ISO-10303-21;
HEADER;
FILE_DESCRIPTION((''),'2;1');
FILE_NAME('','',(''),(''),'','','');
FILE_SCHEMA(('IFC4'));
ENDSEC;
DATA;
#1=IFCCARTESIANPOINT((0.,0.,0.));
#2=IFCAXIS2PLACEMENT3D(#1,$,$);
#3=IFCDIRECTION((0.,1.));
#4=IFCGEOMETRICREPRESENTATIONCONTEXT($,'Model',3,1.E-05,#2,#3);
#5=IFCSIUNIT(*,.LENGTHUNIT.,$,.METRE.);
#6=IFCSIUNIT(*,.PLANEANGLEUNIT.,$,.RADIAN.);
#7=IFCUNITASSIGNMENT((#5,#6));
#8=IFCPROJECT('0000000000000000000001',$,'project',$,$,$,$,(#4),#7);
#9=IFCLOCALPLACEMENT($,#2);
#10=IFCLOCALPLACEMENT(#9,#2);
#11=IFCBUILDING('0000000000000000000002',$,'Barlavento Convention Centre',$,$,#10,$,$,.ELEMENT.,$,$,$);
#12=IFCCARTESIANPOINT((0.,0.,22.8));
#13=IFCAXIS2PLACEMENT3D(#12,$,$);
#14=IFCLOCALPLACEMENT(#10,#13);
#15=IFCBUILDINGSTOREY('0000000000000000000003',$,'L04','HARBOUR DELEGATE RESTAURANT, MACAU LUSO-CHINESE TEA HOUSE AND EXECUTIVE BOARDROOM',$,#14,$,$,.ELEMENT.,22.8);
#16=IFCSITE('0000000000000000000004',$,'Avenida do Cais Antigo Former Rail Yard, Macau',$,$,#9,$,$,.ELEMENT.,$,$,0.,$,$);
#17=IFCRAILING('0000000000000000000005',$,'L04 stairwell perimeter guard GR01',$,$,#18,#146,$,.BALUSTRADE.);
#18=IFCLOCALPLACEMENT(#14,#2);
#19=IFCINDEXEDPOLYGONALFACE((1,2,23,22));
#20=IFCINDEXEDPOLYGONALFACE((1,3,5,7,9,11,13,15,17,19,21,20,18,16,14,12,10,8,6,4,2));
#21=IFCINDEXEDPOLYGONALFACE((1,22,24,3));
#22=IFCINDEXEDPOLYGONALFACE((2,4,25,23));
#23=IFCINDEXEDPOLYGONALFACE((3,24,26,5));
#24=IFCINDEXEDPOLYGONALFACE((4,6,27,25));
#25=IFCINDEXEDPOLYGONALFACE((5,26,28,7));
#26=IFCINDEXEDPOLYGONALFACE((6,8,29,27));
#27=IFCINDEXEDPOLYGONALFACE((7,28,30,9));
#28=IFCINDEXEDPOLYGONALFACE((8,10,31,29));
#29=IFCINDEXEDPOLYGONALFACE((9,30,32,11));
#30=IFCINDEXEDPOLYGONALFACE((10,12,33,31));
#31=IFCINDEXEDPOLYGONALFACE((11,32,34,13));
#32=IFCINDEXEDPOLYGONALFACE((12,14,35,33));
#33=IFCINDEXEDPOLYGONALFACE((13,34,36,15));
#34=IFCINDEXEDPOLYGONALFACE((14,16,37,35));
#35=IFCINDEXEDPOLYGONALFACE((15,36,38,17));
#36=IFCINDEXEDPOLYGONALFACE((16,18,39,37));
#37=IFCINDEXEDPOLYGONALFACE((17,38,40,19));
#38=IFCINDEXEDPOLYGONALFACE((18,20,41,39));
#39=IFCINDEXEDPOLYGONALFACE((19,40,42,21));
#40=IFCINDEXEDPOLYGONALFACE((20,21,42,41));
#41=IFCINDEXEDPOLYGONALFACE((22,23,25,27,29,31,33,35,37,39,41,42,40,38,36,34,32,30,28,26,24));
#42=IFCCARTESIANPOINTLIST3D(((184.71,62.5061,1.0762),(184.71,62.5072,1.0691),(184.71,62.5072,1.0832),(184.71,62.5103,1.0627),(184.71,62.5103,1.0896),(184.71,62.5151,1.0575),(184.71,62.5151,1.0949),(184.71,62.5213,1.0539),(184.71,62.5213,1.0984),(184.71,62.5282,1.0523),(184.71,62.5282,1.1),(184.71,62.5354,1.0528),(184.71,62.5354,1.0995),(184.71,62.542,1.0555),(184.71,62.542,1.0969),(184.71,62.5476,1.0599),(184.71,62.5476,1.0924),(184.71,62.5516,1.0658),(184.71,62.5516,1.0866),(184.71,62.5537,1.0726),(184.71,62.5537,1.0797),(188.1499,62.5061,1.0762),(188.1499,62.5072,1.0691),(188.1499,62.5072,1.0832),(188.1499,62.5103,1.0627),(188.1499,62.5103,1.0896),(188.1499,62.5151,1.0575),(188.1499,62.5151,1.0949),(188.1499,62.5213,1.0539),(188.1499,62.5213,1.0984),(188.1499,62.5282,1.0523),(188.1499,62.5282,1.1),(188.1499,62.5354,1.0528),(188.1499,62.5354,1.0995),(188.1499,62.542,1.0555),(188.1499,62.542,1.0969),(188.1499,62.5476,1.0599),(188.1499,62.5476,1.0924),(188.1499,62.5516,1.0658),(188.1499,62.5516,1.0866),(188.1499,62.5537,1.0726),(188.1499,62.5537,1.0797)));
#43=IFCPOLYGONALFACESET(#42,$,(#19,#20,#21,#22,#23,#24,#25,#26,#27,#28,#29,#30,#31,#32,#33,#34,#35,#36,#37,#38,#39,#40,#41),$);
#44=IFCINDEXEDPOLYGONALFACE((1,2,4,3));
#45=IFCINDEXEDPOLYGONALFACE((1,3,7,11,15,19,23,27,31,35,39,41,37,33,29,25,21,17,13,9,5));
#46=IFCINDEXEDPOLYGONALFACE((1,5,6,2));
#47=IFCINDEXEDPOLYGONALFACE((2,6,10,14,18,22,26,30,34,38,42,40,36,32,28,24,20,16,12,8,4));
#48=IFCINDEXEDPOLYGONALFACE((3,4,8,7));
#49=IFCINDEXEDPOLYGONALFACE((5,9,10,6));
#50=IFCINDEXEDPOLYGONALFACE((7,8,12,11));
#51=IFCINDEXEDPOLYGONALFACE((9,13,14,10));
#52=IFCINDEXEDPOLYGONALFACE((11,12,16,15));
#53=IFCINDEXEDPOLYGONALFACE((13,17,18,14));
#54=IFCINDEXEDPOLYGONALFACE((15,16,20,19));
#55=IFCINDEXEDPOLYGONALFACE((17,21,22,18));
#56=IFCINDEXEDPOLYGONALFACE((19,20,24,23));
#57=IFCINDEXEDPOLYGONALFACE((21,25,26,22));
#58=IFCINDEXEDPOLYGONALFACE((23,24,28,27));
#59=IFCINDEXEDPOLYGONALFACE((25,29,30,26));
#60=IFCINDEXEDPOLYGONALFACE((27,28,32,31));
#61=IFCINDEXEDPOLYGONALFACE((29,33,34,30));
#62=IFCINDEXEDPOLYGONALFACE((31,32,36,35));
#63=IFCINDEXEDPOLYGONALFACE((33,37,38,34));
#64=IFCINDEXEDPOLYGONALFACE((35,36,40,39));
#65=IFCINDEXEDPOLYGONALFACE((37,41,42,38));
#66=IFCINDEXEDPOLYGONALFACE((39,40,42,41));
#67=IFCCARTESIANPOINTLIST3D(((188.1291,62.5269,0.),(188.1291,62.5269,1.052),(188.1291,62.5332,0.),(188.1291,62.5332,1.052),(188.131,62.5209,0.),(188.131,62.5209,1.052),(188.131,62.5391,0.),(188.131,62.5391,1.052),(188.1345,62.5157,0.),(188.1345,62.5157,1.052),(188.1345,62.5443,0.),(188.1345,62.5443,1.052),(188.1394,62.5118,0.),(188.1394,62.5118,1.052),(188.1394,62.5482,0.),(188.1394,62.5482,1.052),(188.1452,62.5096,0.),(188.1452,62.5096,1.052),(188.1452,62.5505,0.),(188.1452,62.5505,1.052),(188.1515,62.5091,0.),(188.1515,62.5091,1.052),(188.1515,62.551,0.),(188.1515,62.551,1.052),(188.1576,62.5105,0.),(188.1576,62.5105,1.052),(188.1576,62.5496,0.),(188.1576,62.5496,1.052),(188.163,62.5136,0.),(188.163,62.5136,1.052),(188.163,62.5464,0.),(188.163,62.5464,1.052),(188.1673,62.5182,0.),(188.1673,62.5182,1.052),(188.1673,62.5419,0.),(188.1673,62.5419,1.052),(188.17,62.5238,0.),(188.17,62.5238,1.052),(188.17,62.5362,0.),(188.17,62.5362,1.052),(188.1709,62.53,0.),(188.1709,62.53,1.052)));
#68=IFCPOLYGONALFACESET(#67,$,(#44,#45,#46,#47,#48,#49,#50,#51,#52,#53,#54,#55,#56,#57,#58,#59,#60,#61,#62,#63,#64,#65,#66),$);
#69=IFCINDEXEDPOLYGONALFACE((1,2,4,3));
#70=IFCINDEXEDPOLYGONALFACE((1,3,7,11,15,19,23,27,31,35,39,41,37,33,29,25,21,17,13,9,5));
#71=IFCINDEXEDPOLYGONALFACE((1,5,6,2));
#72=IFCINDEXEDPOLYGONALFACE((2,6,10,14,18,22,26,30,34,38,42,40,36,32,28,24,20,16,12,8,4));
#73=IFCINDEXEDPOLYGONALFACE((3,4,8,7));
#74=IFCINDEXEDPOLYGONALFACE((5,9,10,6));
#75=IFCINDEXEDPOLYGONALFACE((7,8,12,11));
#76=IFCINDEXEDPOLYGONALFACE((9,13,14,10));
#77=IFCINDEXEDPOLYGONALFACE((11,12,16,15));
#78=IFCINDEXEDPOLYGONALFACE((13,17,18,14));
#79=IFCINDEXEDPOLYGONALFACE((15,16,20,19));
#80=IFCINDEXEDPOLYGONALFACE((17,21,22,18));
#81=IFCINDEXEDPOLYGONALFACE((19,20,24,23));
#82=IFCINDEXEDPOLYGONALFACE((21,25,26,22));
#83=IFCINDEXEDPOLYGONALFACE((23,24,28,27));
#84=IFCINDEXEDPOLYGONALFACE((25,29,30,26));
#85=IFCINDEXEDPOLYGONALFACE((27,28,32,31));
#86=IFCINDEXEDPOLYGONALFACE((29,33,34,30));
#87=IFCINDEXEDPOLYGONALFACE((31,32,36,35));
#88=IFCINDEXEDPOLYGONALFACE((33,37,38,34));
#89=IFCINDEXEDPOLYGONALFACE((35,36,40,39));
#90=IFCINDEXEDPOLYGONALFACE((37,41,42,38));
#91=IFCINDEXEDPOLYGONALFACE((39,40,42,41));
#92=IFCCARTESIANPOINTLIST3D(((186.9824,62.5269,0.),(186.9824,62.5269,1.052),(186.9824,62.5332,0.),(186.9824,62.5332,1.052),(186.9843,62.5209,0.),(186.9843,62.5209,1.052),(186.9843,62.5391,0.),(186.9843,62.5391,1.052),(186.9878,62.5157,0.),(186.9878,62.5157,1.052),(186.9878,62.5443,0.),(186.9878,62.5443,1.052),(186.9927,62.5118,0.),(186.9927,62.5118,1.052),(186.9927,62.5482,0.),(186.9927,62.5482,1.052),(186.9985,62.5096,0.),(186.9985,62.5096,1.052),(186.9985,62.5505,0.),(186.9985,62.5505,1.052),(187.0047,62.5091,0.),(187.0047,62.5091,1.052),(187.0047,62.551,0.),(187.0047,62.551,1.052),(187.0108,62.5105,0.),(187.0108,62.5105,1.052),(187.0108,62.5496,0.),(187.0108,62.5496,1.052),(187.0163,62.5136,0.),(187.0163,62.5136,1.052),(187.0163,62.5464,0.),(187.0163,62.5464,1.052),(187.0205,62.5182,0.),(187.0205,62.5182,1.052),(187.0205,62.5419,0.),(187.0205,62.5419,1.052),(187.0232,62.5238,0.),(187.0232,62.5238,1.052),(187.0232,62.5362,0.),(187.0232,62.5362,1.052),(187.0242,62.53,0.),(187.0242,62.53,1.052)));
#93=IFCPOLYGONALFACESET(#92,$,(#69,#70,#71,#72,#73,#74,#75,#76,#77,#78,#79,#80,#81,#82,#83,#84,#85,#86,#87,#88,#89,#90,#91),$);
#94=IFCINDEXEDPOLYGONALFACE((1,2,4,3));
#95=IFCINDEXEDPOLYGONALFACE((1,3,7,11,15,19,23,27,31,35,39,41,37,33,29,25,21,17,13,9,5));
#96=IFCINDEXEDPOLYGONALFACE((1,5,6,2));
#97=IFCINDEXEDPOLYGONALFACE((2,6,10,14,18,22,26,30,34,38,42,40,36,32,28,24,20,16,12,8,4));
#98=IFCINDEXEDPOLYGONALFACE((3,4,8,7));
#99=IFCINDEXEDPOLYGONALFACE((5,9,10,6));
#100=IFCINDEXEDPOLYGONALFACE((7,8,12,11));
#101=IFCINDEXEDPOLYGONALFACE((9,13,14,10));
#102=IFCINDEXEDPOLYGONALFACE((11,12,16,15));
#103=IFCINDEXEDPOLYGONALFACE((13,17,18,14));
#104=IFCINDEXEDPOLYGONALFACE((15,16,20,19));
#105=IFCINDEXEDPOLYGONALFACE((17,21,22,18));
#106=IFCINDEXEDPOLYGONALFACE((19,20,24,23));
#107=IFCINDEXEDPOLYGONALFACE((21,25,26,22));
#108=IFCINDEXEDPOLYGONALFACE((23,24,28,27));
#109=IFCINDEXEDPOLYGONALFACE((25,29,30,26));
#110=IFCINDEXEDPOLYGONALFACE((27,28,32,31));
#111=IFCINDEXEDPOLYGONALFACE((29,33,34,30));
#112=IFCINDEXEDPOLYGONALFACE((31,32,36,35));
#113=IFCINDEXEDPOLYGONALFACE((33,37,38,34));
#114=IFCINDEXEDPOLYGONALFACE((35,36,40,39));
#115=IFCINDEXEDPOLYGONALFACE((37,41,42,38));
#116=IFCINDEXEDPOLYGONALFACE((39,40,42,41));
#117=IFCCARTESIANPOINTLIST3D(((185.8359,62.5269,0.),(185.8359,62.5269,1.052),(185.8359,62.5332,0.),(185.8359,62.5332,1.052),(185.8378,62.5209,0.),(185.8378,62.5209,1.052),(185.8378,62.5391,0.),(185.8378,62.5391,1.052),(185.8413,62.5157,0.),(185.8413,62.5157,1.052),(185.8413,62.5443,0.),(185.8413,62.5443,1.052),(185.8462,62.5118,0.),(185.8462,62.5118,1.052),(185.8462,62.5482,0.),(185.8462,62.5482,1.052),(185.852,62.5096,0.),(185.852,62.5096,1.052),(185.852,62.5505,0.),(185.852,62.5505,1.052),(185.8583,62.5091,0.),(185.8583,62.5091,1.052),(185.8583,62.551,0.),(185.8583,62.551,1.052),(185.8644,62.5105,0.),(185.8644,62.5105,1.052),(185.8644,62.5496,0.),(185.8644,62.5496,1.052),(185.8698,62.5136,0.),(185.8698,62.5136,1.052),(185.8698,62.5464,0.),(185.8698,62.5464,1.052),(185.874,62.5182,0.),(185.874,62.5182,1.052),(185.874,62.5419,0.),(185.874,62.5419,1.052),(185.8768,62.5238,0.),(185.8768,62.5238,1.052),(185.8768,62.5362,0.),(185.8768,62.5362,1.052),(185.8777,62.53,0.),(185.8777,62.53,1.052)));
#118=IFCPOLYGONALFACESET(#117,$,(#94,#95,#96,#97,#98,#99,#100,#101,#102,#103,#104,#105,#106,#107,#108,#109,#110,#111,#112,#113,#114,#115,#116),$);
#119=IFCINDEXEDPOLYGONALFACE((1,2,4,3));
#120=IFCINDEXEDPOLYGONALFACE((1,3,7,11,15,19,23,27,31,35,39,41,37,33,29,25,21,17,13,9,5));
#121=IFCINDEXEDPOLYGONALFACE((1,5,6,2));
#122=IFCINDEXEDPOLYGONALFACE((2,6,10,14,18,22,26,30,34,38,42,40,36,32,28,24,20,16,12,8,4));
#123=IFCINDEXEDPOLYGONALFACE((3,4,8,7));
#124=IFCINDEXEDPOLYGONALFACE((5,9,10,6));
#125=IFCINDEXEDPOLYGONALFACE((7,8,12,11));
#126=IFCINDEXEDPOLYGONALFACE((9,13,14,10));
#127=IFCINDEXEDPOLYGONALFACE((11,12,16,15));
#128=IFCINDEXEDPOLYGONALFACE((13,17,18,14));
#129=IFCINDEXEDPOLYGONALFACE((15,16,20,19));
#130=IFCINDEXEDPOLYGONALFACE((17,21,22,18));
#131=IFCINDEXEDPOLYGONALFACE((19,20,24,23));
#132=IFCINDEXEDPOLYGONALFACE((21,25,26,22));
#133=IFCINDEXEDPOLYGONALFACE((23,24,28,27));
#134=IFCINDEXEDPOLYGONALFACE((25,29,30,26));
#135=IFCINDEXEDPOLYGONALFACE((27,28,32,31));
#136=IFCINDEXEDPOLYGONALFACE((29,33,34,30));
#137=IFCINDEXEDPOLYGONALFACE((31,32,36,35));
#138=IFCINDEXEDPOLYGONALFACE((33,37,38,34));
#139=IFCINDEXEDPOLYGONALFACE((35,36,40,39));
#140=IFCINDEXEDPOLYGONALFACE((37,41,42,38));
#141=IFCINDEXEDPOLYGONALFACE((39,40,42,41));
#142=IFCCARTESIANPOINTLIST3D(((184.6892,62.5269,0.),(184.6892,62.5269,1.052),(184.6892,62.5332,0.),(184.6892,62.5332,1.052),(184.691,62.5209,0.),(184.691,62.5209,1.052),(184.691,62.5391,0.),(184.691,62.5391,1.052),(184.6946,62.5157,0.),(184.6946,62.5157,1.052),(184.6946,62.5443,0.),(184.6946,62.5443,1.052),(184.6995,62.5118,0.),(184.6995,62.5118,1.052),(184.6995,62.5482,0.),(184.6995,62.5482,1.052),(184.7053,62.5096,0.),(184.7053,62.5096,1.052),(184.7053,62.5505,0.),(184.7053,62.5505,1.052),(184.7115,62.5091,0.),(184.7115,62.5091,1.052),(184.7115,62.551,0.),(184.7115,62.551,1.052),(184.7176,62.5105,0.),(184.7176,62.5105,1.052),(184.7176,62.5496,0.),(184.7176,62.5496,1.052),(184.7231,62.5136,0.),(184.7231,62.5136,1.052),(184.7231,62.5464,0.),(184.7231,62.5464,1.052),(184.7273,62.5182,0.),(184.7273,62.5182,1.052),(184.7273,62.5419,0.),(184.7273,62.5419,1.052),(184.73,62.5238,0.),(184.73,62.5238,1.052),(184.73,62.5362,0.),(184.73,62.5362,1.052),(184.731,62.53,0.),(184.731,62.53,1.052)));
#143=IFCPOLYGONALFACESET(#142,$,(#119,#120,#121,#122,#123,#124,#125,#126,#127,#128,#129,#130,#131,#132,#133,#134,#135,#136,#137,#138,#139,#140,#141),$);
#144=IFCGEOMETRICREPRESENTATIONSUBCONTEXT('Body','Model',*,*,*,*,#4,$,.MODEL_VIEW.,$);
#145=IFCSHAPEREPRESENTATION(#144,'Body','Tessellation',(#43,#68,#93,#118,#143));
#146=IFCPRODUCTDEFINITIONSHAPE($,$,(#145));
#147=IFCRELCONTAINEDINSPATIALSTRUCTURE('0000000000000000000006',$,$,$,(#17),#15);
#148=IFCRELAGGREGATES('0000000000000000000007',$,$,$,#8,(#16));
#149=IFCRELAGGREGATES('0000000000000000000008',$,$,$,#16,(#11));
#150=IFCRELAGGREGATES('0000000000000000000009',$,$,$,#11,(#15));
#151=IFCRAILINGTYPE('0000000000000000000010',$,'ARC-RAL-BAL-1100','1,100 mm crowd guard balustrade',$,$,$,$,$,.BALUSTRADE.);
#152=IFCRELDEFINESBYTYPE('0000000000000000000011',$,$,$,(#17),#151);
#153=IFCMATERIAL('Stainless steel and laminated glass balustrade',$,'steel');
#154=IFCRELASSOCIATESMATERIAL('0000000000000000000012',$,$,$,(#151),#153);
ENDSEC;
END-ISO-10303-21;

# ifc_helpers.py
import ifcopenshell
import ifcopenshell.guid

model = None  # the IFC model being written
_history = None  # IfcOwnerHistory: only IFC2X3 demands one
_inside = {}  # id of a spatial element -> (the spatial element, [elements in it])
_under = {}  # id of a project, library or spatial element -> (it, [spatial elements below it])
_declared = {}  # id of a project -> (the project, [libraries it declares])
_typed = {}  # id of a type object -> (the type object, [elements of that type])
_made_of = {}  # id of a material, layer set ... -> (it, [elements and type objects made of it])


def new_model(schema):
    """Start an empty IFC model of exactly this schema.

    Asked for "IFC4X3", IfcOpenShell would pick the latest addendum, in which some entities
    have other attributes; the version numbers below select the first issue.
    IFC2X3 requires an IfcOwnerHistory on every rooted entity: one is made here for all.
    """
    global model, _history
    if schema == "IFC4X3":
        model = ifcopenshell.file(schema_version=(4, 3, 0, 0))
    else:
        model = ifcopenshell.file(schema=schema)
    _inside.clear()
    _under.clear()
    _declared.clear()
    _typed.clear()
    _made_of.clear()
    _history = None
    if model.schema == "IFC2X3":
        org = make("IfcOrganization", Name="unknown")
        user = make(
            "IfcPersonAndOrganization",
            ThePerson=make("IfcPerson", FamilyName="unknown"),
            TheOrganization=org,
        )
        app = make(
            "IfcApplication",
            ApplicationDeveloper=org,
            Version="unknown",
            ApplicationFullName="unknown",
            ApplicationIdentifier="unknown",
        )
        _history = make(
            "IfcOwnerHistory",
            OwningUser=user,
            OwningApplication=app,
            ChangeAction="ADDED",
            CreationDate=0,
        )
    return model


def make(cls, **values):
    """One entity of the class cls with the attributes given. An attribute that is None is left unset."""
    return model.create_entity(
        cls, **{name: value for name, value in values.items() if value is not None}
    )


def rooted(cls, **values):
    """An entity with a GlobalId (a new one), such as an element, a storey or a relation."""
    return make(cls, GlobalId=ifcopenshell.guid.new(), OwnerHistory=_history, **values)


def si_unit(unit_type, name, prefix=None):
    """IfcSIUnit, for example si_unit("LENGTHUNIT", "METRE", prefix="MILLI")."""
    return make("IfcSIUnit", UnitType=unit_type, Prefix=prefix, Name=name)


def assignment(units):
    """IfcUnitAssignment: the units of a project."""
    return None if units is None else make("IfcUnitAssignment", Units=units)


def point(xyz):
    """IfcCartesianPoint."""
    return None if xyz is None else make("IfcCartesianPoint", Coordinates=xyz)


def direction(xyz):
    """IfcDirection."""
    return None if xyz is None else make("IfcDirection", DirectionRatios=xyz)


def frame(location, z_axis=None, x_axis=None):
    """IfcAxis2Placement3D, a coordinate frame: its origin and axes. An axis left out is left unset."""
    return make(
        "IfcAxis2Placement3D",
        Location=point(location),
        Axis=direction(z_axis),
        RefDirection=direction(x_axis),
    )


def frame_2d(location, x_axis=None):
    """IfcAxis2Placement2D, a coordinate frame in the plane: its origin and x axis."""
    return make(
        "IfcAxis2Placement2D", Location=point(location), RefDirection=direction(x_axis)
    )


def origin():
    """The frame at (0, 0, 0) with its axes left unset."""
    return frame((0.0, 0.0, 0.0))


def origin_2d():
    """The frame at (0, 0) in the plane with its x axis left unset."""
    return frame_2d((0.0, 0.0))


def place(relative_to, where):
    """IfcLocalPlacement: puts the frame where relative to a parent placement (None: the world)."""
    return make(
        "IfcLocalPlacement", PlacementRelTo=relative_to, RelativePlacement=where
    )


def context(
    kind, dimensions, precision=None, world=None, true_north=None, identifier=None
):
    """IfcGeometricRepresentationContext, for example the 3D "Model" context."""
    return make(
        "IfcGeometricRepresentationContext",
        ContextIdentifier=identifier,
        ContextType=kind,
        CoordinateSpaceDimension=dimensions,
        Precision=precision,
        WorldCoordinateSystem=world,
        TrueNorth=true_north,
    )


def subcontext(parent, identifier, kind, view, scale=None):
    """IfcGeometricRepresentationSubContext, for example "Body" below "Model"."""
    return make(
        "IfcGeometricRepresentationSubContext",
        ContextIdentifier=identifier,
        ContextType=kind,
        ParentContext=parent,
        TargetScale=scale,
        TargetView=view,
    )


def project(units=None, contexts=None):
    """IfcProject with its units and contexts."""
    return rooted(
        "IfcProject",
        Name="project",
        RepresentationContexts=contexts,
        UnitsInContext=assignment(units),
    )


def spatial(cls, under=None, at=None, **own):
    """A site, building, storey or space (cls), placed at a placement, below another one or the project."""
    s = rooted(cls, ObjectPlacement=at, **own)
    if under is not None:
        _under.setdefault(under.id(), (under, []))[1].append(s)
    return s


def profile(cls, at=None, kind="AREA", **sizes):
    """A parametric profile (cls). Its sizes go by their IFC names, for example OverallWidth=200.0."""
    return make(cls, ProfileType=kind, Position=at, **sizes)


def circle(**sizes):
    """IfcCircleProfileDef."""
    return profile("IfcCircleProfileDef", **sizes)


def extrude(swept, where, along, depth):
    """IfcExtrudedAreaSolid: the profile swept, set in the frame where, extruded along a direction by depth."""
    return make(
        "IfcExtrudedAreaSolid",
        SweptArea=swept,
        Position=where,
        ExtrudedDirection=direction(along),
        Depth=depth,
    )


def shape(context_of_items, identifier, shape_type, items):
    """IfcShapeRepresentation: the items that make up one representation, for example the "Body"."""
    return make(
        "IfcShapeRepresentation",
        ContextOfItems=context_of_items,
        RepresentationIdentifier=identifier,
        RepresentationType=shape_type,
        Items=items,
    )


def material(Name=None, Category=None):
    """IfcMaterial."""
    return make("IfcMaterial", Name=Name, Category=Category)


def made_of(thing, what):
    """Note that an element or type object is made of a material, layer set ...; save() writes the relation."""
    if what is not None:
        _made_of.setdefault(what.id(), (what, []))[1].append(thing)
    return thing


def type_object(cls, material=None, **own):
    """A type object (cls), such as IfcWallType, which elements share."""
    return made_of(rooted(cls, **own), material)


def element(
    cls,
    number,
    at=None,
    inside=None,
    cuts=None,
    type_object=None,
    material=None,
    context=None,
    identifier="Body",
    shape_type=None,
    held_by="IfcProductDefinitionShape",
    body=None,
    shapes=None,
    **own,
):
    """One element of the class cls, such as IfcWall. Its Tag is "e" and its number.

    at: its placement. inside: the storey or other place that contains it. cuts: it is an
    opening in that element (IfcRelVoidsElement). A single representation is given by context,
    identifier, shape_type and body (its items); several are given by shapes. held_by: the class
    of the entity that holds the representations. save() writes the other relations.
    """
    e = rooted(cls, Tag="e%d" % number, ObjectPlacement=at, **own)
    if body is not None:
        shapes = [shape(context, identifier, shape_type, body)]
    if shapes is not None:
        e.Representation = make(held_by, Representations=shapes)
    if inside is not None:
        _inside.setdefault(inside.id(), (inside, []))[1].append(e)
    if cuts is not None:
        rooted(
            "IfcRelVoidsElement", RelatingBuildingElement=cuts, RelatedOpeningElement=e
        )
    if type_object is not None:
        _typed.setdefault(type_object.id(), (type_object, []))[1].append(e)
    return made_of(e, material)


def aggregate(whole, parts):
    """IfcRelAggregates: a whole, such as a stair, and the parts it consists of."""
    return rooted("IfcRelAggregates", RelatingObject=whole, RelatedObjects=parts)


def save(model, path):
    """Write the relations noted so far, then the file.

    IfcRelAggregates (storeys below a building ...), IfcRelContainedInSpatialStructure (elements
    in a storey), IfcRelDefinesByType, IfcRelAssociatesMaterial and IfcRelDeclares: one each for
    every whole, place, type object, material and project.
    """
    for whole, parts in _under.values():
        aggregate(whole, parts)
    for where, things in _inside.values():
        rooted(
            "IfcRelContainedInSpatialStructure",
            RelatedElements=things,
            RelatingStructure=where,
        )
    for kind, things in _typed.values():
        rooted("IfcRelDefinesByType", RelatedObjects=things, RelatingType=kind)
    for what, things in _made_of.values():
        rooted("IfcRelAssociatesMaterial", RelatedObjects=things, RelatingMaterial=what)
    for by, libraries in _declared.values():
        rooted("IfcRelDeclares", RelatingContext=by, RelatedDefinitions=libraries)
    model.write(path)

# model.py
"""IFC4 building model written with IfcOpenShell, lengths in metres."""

from ifc_helpers import new_model, si_unit, direction, frame, origin, origin_2d, place, context, subcontext, project, spatial, circle, extrude, material, type_object, element, save


model = new_model("IFC4")

# Units and contexts
model_context = context("Model", 3, precision=1e-05, world=origin(), true_north=direction((0.0, 1.0)))
body_context = subcontext(model_context, "Body", "Model", "MODEL_VIEW")
ifc_project = project(units=[si_unit("LENGTHUNIT", "METRE"), si_unit("PLANEANGLEUNIT", "RADIAN")], contexts=[model_context])

# Site, building, storey
site_placement = place(None, origin())
site = spatial("IfcSite", under=ifc_project, at=site_placement, Name="Avenida do Cais Antigo Former Rail Yard, Macau", CompositionType="ELEMENT", RefElevation=0.0)
building_placement = place(site_placement, origin())
building = spatial("IfcBuilding", under=site, at=building_placement, Name="Barlavento Convention Centre", CompositionType="ELEMENT")
storey_placement = place(building_placement, frame((0.0, 0.0, 22.8)))
storey = spatial("IfcBuildingStorey", under=building, at=storey_placement, Name="L04", Description="HARBOUR DELEGATE RESTAURANT, MACAU LUSO-CHINESE TEA HOUSE AND EXECUTIVE BOARDROOM", CompositionType="ELEMENT", Elevation=22.8)

# Railing
ifc_material_1 = material(Name="Stainless steel and laminated glass balustrade", Category="steel")
railing_type_1 = type_object("IfcRailingType", Name="ARC-RAL-BAL-1100", Description="1,100 mm crowd guard balustrade", PredefinedType="BALUSTRADE", material=ifc_material_1)
railing_1_placement = place(storey_placement, frame((188.1499, 62.53, 0.0)))
element("IfcRailing", 1, at=railing_1_placement, inside=storey, type_object=railing_type_1, Name="L04 stairwell perimeter guard GR01", PredefinedType="BALUSTRADE", context=body_context, shape_type="SweptSolid", body=[
    extrude(circle(Radius=0.0239, at=origin_2d()), frame((0.0, 0.0, 1.0762), z_axis=(-1.0, 0.0, 0.0), x_axis=(0.0, -1.0, 0.0)), (0.0, 0.0, 1.0), 3.4399),
    extrude(circle(Radius=0.021, at=origin_2d()), origin(), (0.0, 0.0, 1.0), 1.052),
    extrude(circle(Radius=0.021, at=origin_2d()), frame((-1.1467, 0.0, 0.0)), (0.0, 0.0, 1.0), 1.052),
    extrude(circle(Radius=0.021, at=origin_2d()), frame((-2.2932, 0.0, 0.0)), (0.0, 0.0, 1.0), 1.052),
    extrude(circle(Radius=0.021, at=origin_2d()), frame((-3.4399, 0.0, 0.0)), (0.0, 0.0, 1.0), 1.052),
])

save(model, "model.ifc")
